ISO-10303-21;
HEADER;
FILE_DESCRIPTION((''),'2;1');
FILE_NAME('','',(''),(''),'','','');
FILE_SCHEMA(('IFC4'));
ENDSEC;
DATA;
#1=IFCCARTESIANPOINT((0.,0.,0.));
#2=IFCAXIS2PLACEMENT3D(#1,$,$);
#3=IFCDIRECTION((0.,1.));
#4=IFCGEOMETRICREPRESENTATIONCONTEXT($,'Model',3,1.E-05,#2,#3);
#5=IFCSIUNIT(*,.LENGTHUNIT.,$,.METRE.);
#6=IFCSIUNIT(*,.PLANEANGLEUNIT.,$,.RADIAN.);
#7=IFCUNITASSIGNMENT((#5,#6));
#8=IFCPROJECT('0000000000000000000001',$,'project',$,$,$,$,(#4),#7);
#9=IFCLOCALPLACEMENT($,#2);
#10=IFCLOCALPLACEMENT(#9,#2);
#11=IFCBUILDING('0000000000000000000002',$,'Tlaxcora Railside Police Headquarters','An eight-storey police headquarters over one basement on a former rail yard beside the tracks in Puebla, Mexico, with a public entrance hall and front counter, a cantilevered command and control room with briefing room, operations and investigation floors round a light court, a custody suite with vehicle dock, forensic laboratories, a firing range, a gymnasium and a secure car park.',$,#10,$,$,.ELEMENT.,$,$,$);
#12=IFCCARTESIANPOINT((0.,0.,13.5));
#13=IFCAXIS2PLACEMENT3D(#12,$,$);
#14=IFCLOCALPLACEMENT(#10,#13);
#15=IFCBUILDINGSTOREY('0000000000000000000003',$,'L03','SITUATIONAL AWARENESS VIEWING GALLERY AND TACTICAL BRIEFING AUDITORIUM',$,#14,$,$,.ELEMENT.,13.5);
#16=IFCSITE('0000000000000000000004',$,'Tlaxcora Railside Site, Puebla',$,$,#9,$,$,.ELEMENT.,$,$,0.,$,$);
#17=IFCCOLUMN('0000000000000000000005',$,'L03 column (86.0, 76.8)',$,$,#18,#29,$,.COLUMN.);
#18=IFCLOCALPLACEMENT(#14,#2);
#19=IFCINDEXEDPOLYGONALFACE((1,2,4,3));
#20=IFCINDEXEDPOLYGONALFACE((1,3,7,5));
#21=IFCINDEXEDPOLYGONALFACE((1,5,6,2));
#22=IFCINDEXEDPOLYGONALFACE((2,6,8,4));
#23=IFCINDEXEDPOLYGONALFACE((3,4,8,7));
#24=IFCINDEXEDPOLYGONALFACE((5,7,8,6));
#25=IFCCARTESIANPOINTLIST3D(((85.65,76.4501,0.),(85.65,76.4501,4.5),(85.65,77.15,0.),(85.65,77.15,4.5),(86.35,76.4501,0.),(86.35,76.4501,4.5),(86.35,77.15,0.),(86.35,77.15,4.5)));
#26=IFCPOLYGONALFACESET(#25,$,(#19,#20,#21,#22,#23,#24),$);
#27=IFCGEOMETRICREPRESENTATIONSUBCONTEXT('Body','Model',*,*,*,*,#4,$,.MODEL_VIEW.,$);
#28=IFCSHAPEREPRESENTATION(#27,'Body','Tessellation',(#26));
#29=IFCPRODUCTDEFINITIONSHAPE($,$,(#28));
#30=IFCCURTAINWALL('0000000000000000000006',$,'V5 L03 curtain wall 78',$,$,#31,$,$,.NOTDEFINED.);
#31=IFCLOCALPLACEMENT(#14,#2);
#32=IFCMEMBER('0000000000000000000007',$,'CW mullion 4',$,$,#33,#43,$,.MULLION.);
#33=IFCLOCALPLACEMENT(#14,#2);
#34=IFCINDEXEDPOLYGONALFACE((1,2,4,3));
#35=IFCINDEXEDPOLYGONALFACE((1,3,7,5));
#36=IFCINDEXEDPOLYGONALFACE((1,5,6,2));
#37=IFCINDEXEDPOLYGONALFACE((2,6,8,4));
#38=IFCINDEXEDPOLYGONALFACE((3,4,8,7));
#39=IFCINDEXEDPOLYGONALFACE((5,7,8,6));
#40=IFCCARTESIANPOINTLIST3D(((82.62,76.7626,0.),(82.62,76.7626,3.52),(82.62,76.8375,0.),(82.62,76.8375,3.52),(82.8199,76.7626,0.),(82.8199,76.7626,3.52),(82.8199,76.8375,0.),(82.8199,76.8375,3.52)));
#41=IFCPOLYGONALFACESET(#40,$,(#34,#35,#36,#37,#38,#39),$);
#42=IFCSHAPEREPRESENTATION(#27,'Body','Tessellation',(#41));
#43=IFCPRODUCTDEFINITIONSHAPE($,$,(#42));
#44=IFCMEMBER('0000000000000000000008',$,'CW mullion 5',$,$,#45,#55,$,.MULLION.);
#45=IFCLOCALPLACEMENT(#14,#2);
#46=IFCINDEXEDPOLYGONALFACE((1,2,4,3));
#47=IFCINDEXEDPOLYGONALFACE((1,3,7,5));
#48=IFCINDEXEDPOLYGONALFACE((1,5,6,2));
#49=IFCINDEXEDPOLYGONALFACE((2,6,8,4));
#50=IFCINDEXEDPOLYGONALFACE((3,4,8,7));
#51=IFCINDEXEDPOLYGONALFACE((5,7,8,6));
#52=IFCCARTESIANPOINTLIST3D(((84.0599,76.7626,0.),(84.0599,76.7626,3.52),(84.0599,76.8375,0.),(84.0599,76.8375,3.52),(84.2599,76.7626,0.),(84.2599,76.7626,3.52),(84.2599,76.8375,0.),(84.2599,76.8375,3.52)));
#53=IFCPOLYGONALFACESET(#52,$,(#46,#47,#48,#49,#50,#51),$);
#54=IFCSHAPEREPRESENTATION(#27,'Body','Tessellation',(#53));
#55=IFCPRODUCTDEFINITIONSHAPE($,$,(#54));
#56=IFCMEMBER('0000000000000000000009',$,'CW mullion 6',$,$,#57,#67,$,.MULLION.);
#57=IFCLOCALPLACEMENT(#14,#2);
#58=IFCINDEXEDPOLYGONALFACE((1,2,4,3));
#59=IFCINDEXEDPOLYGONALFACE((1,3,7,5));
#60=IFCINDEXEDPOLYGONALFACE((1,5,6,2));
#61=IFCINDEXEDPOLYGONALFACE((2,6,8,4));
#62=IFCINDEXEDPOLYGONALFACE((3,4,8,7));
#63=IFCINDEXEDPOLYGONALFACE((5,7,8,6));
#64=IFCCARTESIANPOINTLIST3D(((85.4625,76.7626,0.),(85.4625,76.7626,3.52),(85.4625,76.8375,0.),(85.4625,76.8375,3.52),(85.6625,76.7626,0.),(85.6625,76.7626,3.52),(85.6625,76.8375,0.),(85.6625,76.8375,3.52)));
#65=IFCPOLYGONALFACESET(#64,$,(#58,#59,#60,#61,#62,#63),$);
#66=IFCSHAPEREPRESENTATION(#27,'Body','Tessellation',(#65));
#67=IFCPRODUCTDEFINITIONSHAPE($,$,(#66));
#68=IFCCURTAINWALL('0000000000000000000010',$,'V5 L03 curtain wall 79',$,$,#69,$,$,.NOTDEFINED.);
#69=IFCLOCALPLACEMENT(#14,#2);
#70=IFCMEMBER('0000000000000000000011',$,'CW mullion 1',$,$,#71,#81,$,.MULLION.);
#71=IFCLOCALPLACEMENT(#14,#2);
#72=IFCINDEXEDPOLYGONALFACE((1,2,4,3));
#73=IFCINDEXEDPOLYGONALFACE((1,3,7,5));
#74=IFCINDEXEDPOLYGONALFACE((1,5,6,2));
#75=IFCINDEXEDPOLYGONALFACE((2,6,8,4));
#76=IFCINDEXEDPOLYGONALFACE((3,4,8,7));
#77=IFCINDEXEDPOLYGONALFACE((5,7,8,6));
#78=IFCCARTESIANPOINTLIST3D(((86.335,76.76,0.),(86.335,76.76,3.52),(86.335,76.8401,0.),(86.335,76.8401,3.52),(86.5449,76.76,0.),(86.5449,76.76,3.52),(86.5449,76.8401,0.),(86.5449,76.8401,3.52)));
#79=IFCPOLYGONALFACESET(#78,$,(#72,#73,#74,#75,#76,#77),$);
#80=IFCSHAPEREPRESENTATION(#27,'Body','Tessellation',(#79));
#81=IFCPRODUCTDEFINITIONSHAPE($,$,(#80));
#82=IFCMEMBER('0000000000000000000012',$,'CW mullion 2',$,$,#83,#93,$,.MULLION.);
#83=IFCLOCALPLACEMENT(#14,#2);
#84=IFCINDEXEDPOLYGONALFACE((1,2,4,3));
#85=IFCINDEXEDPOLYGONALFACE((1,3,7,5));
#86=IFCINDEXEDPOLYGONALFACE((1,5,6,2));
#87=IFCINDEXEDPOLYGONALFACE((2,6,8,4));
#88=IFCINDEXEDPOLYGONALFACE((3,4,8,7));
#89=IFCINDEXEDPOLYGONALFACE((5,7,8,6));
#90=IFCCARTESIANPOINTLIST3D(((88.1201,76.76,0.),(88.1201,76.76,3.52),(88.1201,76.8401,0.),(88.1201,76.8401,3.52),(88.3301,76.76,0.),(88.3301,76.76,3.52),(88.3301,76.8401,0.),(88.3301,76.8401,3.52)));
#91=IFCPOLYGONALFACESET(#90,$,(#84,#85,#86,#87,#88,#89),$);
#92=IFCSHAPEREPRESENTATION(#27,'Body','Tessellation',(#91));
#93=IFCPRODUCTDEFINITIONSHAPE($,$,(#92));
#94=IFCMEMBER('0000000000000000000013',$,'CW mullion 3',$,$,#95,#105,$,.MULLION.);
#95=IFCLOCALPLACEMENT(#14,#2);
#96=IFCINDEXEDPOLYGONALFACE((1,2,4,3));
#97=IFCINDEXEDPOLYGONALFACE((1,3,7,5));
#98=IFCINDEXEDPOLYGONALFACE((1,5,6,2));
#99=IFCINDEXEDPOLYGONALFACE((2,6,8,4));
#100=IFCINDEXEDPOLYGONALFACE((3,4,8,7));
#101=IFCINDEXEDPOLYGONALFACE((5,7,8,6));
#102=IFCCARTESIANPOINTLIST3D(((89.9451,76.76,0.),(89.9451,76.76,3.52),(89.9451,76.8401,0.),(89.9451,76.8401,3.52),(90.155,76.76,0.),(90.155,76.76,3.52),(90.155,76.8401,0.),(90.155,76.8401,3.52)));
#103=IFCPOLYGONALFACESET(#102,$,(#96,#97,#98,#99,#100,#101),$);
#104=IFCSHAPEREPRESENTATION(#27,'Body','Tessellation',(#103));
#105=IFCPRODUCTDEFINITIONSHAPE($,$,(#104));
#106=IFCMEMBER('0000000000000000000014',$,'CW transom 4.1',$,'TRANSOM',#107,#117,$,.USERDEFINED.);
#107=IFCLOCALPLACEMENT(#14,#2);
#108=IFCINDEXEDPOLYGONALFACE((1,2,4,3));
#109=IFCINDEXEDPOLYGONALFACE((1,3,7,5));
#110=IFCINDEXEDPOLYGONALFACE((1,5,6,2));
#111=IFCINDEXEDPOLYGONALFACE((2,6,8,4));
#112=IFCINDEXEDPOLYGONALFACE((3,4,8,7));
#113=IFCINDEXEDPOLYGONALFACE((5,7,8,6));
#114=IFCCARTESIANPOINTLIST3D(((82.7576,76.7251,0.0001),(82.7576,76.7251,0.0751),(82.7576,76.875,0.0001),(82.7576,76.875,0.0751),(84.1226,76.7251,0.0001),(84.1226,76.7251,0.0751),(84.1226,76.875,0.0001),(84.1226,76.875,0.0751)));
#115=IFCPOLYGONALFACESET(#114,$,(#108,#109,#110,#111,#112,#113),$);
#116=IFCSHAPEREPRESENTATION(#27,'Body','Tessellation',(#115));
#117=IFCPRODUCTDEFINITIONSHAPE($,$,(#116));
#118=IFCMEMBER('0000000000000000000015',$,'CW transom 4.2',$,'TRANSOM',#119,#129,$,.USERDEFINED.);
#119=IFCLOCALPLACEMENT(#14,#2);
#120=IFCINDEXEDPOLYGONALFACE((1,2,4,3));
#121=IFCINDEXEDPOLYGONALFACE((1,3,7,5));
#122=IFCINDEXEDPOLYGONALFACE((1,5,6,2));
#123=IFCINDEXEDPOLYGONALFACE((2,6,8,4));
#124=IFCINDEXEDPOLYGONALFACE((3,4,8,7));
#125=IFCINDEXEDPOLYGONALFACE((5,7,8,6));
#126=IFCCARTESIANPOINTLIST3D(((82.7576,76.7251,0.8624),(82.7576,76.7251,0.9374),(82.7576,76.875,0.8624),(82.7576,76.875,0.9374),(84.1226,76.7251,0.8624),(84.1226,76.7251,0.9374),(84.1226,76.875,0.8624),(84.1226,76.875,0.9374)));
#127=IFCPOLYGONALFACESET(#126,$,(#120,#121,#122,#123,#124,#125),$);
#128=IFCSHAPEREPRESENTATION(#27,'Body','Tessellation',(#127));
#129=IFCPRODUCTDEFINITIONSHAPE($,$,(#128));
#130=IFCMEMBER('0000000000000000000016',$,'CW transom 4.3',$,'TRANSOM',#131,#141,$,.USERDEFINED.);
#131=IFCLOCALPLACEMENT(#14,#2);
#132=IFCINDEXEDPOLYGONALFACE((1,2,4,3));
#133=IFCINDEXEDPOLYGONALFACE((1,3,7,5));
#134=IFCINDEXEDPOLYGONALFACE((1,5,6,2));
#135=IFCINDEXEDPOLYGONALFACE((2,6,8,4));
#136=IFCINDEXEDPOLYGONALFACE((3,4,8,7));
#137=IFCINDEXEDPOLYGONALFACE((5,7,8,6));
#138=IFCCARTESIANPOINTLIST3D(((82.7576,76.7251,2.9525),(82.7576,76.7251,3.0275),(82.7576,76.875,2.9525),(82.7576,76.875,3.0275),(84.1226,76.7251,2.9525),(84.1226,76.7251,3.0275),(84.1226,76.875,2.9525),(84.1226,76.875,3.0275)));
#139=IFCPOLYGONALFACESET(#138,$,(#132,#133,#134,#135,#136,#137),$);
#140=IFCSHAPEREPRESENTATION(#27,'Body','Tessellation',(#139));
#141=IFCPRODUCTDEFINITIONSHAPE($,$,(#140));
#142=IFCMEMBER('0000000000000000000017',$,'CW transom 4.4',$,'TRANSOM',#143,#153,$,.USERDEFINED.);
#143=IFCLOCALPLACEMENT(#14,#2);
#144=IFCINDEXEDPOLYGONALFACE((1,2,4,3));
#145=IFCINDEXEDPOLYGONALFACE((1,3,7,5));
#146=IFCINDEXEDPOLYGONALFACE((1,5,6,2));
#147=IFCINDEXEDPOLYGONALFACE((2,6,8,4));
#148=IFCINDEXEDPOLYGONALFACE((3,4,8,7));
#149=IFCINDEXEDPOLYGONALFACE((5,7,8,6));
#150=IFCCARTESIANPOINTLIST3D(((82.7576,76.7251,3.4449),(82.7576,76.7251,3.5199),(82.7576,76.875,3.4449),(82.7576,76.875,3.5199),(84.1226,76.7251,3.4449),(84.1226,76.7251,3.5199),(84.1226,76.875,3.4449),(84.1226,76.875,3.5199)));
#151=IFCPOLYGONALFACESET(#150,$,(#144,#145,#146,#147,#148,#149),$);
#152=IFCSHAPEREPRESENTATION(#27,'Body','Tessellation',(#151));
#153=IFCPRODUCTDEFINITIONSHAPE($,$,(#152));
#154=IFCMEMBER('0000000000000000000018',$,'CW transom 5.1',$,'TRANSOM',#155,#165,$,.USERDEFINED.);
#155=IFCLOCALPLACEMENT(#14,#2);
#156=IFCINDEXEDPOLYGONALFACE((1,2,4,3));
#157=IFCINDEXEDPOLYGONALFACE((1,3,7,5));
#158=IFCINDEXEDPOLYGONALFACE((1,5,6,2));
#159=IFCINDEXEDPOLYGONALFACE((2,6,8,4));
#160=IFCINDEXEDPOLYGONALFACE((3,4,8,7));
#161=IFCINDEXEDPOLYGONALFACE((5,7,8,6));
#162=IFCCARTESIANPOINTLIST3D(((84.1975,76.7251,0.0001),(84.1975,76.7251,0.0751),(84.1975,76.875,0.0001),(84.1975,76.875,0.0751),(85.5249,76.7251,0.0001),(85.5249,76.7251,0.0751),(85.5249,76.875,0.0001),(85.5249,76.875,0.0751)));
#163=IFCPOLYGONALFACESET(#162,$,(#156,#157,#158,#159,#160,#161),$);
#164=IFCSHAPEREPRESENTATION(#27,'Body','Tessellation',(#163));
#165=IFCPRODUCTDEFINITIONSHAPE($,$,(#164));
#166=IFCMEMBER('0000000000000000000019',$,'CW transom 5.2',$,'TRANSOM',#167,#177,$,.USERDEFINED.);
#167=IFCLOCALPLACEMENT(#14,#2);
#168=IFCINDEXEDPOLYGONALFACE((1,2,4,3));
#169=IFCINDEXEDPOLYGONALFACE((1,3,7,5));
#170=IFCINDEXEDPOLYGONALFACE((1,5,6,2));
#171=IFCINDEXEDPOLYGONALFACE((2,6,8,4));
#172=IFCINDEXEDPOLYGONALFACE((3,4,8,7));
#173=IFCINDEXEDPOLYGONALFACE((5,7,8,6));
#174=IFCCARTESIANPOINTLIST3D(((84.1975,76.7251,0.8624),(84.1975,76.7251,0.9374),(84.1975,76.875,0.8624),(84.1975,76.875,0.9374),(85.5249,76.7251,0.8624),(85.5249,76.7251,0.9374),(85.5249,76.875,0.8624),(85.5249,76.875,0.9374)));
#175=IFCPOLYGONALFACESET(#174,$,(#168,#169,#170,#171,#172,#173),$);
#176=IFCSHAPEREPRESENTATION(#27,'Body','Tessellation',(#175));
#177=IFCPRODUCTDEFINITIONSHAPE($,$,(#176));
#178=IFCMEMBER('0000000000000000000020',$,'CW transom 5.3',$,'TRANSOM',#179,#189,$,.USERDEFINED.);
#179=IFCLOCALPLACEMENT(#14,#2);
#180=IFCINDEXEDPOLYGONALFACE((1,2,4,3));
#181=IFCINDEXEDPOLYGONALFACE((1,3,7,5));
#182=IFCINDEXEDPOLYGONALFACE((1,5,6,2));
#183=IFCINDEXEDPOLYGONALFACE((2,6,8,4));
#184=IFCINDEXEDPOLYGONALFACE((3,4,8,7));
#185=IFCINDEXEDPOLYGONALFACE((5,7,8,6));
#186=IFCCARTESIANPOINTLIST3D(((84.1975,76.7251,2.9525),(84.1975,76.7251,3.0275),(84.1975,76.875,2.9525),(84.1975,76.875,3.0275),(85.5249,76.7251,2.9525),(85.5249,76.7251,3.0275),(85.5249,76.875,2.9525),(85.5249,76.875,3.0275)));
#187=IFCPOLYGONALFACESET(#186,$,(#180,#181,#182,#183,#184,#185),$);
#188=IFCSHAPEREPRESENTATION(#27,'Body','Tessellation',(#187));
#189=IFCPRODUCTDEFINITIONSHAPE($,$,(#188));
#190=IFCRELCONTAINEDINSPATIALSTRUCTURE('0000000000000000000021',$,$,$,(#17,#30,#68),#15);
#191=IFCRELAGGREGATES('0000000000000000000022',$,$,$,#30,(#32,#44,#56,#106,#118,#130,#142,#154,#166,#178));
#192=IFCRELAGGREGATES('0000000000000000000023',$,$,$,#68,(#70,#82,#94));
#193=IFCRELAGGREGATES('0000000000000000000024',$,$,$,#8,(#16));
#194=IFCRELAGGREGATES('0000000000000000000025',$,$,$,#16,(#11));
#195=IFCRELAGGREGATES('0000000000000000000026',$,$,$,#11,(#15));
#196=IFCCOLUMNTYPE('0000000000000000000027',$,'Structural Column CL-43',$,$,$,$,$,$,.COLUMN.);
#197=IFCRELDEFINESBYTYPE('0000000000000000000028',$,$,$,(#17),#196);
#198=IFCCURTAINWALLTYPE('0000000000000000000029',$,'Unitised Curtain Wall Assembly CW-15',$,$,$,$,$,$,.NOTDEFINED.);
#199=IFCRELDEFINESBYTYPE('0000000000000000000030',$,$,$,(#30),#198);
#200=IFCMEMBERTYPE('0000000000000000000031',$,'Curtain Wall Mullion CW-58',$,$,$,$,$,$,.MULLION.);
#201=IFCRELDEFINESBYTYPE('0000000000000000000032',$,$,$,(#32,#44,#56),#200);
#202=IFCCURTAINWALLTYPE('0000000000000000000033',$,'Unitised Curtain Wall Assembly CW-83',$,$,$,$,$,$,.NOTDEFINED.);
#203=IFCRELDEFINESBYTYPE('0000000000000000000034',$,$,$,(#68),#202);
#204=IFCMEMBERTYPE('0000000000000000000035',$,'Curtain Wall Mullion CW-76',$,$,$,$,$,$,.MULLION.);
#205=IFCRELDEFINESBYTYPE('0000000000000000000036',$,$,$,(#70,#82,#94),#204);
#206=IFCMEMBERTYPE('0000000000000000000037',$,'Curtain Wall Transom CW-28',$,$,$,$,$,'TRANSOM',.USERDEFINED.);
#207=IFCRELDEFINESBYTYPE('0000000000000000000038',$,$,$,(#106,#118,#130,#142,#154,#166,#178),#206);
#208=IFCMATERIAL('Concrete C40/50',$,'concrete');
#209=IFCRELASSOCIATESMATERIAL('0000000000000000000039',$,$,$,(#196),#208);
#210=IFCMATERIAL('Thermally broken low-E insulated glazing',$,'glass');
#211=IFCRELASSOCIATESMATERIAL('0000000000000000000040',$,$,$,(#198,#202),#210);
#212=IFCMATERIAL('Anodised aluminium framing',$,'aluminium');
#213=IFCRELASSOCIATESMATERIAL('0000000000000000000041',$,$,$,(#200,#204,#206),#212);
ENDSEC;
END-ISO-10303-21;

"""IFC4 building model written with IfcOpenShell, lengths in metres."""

from ifc_helpers import new_model, si_unit, direction, frame, origin, origin_2d, place, context, subcontext, project, spatial, rectangle, extrude, material, material_profile, profile_set, type_object, element, aggregate, save


model = new_model("IFC4")

# Units and contexts
model_context = context("Model", 3, precision=1e-05, world=origin(), true_north=direction((0.0, 1.0)))
body_context = subcontext(model_context, "Body", "Model", "MODEL_VIEW")
ifc_project = project(units=[si_unit("LENGTHUNIT", "METRE"), si_unit("PLANEANGLEUNIT", "RADIAN")], contexts=[model_context])

# Site, building, storey
site_placement = place(None, origin())
site = spatial("IfcSite", under=ifc_project, at=site_placement, Name="Tlaxcora Railside Site, Puebla", CompositionType="ELEMENT", RefElevation=0.0)
building_placement = place(site_placement, origin())
building = spatial("IfcBuilding", under=site, at=building_placement, Name="Tlaxcora Railside Police Headquarters", Description="An eight-storey police headquarters over one basement on a former rail yard beside the tracks in Puebla, Mexico, with a public entrance hall and front counter, a cantilevered command and control room with briefing room, operations and investigation floors round a light court, a custody suite with vehicle dock, forensic laboratories, a firing range, a gymnasium and a secure car park.", CompositionType="ELEMENT")
storey_placement = place(building_placement, frame((0.0, 0.0, 13.5)))
storey = spatial("IfcBuildingStorey", under=building, at=storey_placement, Name="L03", Description="SITUATIONAL AWARENESS VIEWING GALLERY AND TACTICAL BRIEFING AUDITORIUM", CompositionType="ELEMENT", Elevation=13.5)

# Column
ifc_material_1 = material(Name="Concrete C40/50", Category="concrete")
ifc_material_profile_1 = material_profile(ifc_material_1, rectangle(XDim=0.7, YDim=0.7, at=origin_2d()), Name="RC700X700")
ifc_profile_set_1 = profile_set([ifc_material_profile_1], Name="Concrete C40/50")
column_type = type_object("IfcColumnType", Name="Structural Column CL-43", PredefinedType="COLUMN", material=ifc_profile_set_1)
column_placement = place(storey_placement, frame((86.0, 76.8, 0.0), z_axis=(0.0, 0.0, 1.0), x_axis=(1.0, 0.0, 0.0)))
element("IfcColumn", 1, at=column_placement, inside=storey, type_object=column_type, Name="L03 column (86.0, 76.8)", PredefinedType="COLUMN", context=body_context, shape_type="SweptSolid", body=[
    extrude(rectangle(XDim=0.7, YDim=0.7, at=origin_2d()), origin(), (0.0, 0.0, 1.0), 4.5),
])

# Curtain walls, members
ifc_material_2 = material(Name="Thermally broken low-E insulated glazing", Category="glass")
curtain_wall_type_1 = type_object("IfcCurtainWallType", Name="Unitised Curtain Wall Assembly CW-15", PredefinedType="NOTDEFINED", material=ifc_material_2)
curtain_wall_1_placement = place(storey_placement, origin())
curtain_wall_1 = element("IfcCurtainWall", 2, at=curtain_wall_1_placement, inside=storey, type_object=curtain_wall_type_1, Name="V5 L03 curtain wall 78", PredefinedType="NOTDEFINED")
ifc_material_3 = material(Name="Anodised aluminium framing", Category="aluminium")
ifc_material_profile_2 = material_profile(ifc_material_3, rectangle(XDim=0.075, YDim=0.2, at=origin_2d()), Name="AL75X200")
ifc_profile_set_2 = profile_set([ifc_material_profile_2], Name="Anodised aluminium framing")
member_type_1 = type_object("IfcMemberType", Name="Curtain Wall Mullion CW-58", PredefinedType="MULLION", material=ifc_profile_set_2)
member_1_placement = place(storey_placement, frame((82.72, 76.8, 0.0), z_axis=(0.0, 0.0, 1.0), x_axis=(0.0, 1.0, 0.0)))
member_1 = element("IfcMember", 3, at=member_1_placement, type_object=member_type_1, Name="CW mullion 4", PredefinedType="MULLION", context=body_context, shape_type="SweptSolid", body=[
    extrude(rectangle(XDim=0.075, YDim=0.2, at=origin_2d()), origin(), (0.0, 0.0, 1.0), 3.52),
])
member_2_placement = place(storey_placement, frame((84.1599, 76.8, 0.0), z_axis=(0.0, 0.0, 1.0), x_axis=(0.0, 1.0, 0.0)))
member_2 = element("IfcMember", 4, at=member_2_placement, type_object=member_type_1, Name="CW mullion 5", PredefinedType="MULLION", context=body_context, shape_type="SweptSolid", body=[
    extrude(rectangle(XDim=0.075, YDim=0.2, at=origin_2d()), origin(), (0.0, 0.0, 1.0), 3.52),
])
member_3_placement = place(storey_placement, frame((85.5625, 76.8, 0.0), z_axis=(0.0, 0.0, 1.0), x_axis=(0.0, 1.0, 0.0)))
member_3 = element("IfcMember", 5, at=member_3_placement, type_object=member_type_1, Name="CW mullion 6", PredefinedType="MULLION", context=body_context, shape_type="SweptSolid", body=[
    extrude(rectangle(XDim=0.075, YDim=0.2, at=origin_2d()), origin(), (0.0, 0.0, 1.0), 3.52),
])
curtain_wall_type_2 = type_object("IfcCurtainWallType", Name="Unitised Curtain Wall Assembly CW-83", PredefinedType="NOTDEFINED", material=ifc_material_2)
curtain_wall_2_placement = place(storey_placement, origin())
curtain_wall_2 = element("IfcCurtainWall", 6, at=curtain_wall_2_placement, inside=storey, type_object=curtain_wall_type_2, Name="V5 L03 curtain wall 79", PredefinedType="NOTDEFINED")
ifc_material_profile_3 = material_profile(ifc_material_3, rectangle(XDim=0.0801, YDim=0.21, at=origin_2d()), Name="AL80X210")
ifc_profile_set_3 = profile_set([ifc_material_profile_3], Name="Anodised aluminium framing")
member_type_2 = type_object("IfcMemberType", Name="Curtain Wall Mullion CW-76", PredefinedType="MULLION", material=ifc_profile_set_3)
member_4_placement = place(storey_placement, frame((86.4399, 76.8, 0.0), z_axis=(0.0, 0.0, 1.0), x_axis=(0.0, 1.0, 0.0)))
member_4 = element("IfcMember", 7, at=member_4_placement, type_object=member_type_2, Name="CW mullion 1", PredefinedType="MULLION", context=body_context, shape_type="SweptSolid", body=[
    extrude(rectangle(XDim=0.0801, YDim=0.21, at=origin_2d()), origin(), (0.0, 0.0, 1.0), 3.52),
])
member_5_placement = place(storey_placement, frame((88.2251, 76.8, 0.0), z_axis=(0.0, 0.0, 1.0), x_axis=(0.0, 1.0, 0.0)))
member_5 = element("IfcMember", 8, at=member_5_placement, type_object=member_type_2, Name="CW mullion 2", PredefinedType="MULLION", context=body_context, shape_type="SweptSolid", body=[
    extrude(rectangle(XDim=0.0801, YDim=0.21, at=origin_2d()), origin(), (0.0, 0.0, 1.0), 3.52),
])
member_6_placement = place(storey_placement, frame((90.05, 76.8, 0.0), z_axis=(0.0, 0.0, 1.0), x_axis=(0.0, 1.0, 0.0)))
member_6 = element("IfcMember", 9, at=member_6_placement, type_object=member_type_2, Name="CW mullion 3", PredefinedType="MULLION", context=body_context, shape_type="SweptSolid", body=[
    extrude(rectangle(XDim=0.0801, YDim=0.21, at=origin_2d()), origin(), (0.0, 0.0, 1.0), 3.52),
])

# Members
ifc_material_profile_4 = material_profile(ifc_material_3, rectangle(XDim=0.1499, YDim=0.075, at=origin_2d()), Name="AL75X150")
ifc_profile_set_4 = profile_set([ifc_material_profile_4], Name="Anodised aluminium framing")
member_type_3 = type_object("IfcMemberType", Name="Curtain Wall Transom CW-28", ElementType="TRANSOM", PredefinedType="USERDEFINED", material=ifc_profile_set_4)
member_7_placement = place(storey_placement, frame((82.7576, 76.8, 0.0376), z_axis=(1.0, 0.0, 0.0), x_axis=(0.0, 1.0, 0.0)))
member_7 = element("IfcMember", 10, at=member_7_placement, type_object=member_type_3, Name="CW transom 4.1", ObjectType="TRANSOM", PredefinedType="USERDEFINED", context=body_context, shape_type="SweptSolid", body=[
    extrude(rectangle(XDim=0.1499, YDim=0.075, at=origin_2d()), origin(), (0.0, 0.0, 1.0), 1.365),
])
member_8_placement = place(storey_placement, frame((82.7576, 76.8, 0.8999), z_axis=(1.0, 0.0, 0.0), x_axis=(0.0, 1.0, 0.0)))
member_8 = element("IfcMember", 11, at=member_8_placement, type_object=member_type_3, Name="CW transom 4.2", ObjectType="TRANSOM", PredefinedType="USERDEFINED", context=body_context, shape_type="SweptSolid", body=[
    extrude(rectangle(XDim=0.1499, YDim=0.075, at=origin_2d()), origin(), (0.0, 0.0, 1.0), 1.365),
])
member_9_placement = place(storey_placement, frame((82.7576, 76.8, 2.99), z_axis=(1.0, 0.0, 0.0), x_axis=(0.0, 1.0, 0.0)))
member_9 = element("IfcMember", 12, at=member_9_placement, type_object=member_type_3, Name="CW transom 4.3", ObjectType="TRANSOM", PredefinedType="USERDEFINED", context=body_context, shape_type="SweptSolid", body=[
    extrude(rectangle(XDim=0.1499, YDim=0.075, at=origin_2d()), origin(), (0.0, 0.0, 1.0), 1.365),
])
member_10_placement = place(storey_placement, frame((82.7576, 76.8, 3.4824), z_axis=(1.0, 0.0, 0.0), x_axis=(0.0, 1.0, 0.0)))
member_10 = element("IfcMember", 13, at=member_10_placement, type_object=member_type_3, Name="CW transom 4.4", ObjectType="TRANSOM", PredefinedType="USERDEFINED", context=body_context, shape_type="SweptSolid", body=[
    extrude(rectangle(XDim=0.1499, YDim=0.075, at=origin_2d()), origin(), (0.0, 0.0, 1.0), 1.365),
])
member_11_placement = place(storey_placement, frame((84.1975, 76.8, 0.0376), z_axis=(1.0, 0.0, 0.0), x_axis=(0.0, 1.0, 0.0)))
member_11 = element("IfcMember", 14, at=member_11_placement, type_object=member_type_3, Name="CW transom 5.1", ObjectType="TRANSOM", PredefinedType="USERDEFINED", context=body_context, shape_type="SweptSolid", body=[
    extrude(rectangle(XDim=0.1499, YDim=0.075, at=origin_2d()), origin(), (0.0, 0.0, 1.0), 1.3274),
])
member_12_placement = place(storey_placement, frame((84.1975, 76.8, 0.8999), z_axis=(1.0, 0.0, 0.0), x_axis=(0.0, 1.0, 0.0)))
member_12 = element("IfcMember", 15, at=member_12_placement, type_object=member_type_3, Name="CW transom 5.2", ObjectType="TRANSOM", PredefinedType="USERDEFINED", context=body_context, shape_type="SweptSolid", body=[
    extrude(rectangle(XDim=0.1499, YDim=0.075, at=origin_2d()), origin(), (0.0, 0.0, 1.0), 1.3274),
])
member_13_placement = place(storey_placement, frame((84.1975, 76.8, 2.99), z_axis=(1.0, 0.0, 0.0), x_axis=(0.0, 1.0, 0.0)))
member_13 = element("IfcMember", 16, at=member_13_placement, type_object=member_type_3, Name="CW transom 5.3", ObjectType="TRANSOM", PredefinedType="USERDEFINED", context=body_context, shape_type="SweptSolid", body=[
    extrude(rectangle(XDim=0.1499, YDim=0.075, at=origin_2d()), origin(), (0.0, 0.0, 1.0), 1.3274),
])

aggregate(curtain_wall_1, [member_1, member_2, member_3, member_7, member_8, member_9, member_10, member_11, member_12, member_13])
aggregate(curtain_wall_2, [member_4, member_5, member_6])

save(model, "model.ifc")
